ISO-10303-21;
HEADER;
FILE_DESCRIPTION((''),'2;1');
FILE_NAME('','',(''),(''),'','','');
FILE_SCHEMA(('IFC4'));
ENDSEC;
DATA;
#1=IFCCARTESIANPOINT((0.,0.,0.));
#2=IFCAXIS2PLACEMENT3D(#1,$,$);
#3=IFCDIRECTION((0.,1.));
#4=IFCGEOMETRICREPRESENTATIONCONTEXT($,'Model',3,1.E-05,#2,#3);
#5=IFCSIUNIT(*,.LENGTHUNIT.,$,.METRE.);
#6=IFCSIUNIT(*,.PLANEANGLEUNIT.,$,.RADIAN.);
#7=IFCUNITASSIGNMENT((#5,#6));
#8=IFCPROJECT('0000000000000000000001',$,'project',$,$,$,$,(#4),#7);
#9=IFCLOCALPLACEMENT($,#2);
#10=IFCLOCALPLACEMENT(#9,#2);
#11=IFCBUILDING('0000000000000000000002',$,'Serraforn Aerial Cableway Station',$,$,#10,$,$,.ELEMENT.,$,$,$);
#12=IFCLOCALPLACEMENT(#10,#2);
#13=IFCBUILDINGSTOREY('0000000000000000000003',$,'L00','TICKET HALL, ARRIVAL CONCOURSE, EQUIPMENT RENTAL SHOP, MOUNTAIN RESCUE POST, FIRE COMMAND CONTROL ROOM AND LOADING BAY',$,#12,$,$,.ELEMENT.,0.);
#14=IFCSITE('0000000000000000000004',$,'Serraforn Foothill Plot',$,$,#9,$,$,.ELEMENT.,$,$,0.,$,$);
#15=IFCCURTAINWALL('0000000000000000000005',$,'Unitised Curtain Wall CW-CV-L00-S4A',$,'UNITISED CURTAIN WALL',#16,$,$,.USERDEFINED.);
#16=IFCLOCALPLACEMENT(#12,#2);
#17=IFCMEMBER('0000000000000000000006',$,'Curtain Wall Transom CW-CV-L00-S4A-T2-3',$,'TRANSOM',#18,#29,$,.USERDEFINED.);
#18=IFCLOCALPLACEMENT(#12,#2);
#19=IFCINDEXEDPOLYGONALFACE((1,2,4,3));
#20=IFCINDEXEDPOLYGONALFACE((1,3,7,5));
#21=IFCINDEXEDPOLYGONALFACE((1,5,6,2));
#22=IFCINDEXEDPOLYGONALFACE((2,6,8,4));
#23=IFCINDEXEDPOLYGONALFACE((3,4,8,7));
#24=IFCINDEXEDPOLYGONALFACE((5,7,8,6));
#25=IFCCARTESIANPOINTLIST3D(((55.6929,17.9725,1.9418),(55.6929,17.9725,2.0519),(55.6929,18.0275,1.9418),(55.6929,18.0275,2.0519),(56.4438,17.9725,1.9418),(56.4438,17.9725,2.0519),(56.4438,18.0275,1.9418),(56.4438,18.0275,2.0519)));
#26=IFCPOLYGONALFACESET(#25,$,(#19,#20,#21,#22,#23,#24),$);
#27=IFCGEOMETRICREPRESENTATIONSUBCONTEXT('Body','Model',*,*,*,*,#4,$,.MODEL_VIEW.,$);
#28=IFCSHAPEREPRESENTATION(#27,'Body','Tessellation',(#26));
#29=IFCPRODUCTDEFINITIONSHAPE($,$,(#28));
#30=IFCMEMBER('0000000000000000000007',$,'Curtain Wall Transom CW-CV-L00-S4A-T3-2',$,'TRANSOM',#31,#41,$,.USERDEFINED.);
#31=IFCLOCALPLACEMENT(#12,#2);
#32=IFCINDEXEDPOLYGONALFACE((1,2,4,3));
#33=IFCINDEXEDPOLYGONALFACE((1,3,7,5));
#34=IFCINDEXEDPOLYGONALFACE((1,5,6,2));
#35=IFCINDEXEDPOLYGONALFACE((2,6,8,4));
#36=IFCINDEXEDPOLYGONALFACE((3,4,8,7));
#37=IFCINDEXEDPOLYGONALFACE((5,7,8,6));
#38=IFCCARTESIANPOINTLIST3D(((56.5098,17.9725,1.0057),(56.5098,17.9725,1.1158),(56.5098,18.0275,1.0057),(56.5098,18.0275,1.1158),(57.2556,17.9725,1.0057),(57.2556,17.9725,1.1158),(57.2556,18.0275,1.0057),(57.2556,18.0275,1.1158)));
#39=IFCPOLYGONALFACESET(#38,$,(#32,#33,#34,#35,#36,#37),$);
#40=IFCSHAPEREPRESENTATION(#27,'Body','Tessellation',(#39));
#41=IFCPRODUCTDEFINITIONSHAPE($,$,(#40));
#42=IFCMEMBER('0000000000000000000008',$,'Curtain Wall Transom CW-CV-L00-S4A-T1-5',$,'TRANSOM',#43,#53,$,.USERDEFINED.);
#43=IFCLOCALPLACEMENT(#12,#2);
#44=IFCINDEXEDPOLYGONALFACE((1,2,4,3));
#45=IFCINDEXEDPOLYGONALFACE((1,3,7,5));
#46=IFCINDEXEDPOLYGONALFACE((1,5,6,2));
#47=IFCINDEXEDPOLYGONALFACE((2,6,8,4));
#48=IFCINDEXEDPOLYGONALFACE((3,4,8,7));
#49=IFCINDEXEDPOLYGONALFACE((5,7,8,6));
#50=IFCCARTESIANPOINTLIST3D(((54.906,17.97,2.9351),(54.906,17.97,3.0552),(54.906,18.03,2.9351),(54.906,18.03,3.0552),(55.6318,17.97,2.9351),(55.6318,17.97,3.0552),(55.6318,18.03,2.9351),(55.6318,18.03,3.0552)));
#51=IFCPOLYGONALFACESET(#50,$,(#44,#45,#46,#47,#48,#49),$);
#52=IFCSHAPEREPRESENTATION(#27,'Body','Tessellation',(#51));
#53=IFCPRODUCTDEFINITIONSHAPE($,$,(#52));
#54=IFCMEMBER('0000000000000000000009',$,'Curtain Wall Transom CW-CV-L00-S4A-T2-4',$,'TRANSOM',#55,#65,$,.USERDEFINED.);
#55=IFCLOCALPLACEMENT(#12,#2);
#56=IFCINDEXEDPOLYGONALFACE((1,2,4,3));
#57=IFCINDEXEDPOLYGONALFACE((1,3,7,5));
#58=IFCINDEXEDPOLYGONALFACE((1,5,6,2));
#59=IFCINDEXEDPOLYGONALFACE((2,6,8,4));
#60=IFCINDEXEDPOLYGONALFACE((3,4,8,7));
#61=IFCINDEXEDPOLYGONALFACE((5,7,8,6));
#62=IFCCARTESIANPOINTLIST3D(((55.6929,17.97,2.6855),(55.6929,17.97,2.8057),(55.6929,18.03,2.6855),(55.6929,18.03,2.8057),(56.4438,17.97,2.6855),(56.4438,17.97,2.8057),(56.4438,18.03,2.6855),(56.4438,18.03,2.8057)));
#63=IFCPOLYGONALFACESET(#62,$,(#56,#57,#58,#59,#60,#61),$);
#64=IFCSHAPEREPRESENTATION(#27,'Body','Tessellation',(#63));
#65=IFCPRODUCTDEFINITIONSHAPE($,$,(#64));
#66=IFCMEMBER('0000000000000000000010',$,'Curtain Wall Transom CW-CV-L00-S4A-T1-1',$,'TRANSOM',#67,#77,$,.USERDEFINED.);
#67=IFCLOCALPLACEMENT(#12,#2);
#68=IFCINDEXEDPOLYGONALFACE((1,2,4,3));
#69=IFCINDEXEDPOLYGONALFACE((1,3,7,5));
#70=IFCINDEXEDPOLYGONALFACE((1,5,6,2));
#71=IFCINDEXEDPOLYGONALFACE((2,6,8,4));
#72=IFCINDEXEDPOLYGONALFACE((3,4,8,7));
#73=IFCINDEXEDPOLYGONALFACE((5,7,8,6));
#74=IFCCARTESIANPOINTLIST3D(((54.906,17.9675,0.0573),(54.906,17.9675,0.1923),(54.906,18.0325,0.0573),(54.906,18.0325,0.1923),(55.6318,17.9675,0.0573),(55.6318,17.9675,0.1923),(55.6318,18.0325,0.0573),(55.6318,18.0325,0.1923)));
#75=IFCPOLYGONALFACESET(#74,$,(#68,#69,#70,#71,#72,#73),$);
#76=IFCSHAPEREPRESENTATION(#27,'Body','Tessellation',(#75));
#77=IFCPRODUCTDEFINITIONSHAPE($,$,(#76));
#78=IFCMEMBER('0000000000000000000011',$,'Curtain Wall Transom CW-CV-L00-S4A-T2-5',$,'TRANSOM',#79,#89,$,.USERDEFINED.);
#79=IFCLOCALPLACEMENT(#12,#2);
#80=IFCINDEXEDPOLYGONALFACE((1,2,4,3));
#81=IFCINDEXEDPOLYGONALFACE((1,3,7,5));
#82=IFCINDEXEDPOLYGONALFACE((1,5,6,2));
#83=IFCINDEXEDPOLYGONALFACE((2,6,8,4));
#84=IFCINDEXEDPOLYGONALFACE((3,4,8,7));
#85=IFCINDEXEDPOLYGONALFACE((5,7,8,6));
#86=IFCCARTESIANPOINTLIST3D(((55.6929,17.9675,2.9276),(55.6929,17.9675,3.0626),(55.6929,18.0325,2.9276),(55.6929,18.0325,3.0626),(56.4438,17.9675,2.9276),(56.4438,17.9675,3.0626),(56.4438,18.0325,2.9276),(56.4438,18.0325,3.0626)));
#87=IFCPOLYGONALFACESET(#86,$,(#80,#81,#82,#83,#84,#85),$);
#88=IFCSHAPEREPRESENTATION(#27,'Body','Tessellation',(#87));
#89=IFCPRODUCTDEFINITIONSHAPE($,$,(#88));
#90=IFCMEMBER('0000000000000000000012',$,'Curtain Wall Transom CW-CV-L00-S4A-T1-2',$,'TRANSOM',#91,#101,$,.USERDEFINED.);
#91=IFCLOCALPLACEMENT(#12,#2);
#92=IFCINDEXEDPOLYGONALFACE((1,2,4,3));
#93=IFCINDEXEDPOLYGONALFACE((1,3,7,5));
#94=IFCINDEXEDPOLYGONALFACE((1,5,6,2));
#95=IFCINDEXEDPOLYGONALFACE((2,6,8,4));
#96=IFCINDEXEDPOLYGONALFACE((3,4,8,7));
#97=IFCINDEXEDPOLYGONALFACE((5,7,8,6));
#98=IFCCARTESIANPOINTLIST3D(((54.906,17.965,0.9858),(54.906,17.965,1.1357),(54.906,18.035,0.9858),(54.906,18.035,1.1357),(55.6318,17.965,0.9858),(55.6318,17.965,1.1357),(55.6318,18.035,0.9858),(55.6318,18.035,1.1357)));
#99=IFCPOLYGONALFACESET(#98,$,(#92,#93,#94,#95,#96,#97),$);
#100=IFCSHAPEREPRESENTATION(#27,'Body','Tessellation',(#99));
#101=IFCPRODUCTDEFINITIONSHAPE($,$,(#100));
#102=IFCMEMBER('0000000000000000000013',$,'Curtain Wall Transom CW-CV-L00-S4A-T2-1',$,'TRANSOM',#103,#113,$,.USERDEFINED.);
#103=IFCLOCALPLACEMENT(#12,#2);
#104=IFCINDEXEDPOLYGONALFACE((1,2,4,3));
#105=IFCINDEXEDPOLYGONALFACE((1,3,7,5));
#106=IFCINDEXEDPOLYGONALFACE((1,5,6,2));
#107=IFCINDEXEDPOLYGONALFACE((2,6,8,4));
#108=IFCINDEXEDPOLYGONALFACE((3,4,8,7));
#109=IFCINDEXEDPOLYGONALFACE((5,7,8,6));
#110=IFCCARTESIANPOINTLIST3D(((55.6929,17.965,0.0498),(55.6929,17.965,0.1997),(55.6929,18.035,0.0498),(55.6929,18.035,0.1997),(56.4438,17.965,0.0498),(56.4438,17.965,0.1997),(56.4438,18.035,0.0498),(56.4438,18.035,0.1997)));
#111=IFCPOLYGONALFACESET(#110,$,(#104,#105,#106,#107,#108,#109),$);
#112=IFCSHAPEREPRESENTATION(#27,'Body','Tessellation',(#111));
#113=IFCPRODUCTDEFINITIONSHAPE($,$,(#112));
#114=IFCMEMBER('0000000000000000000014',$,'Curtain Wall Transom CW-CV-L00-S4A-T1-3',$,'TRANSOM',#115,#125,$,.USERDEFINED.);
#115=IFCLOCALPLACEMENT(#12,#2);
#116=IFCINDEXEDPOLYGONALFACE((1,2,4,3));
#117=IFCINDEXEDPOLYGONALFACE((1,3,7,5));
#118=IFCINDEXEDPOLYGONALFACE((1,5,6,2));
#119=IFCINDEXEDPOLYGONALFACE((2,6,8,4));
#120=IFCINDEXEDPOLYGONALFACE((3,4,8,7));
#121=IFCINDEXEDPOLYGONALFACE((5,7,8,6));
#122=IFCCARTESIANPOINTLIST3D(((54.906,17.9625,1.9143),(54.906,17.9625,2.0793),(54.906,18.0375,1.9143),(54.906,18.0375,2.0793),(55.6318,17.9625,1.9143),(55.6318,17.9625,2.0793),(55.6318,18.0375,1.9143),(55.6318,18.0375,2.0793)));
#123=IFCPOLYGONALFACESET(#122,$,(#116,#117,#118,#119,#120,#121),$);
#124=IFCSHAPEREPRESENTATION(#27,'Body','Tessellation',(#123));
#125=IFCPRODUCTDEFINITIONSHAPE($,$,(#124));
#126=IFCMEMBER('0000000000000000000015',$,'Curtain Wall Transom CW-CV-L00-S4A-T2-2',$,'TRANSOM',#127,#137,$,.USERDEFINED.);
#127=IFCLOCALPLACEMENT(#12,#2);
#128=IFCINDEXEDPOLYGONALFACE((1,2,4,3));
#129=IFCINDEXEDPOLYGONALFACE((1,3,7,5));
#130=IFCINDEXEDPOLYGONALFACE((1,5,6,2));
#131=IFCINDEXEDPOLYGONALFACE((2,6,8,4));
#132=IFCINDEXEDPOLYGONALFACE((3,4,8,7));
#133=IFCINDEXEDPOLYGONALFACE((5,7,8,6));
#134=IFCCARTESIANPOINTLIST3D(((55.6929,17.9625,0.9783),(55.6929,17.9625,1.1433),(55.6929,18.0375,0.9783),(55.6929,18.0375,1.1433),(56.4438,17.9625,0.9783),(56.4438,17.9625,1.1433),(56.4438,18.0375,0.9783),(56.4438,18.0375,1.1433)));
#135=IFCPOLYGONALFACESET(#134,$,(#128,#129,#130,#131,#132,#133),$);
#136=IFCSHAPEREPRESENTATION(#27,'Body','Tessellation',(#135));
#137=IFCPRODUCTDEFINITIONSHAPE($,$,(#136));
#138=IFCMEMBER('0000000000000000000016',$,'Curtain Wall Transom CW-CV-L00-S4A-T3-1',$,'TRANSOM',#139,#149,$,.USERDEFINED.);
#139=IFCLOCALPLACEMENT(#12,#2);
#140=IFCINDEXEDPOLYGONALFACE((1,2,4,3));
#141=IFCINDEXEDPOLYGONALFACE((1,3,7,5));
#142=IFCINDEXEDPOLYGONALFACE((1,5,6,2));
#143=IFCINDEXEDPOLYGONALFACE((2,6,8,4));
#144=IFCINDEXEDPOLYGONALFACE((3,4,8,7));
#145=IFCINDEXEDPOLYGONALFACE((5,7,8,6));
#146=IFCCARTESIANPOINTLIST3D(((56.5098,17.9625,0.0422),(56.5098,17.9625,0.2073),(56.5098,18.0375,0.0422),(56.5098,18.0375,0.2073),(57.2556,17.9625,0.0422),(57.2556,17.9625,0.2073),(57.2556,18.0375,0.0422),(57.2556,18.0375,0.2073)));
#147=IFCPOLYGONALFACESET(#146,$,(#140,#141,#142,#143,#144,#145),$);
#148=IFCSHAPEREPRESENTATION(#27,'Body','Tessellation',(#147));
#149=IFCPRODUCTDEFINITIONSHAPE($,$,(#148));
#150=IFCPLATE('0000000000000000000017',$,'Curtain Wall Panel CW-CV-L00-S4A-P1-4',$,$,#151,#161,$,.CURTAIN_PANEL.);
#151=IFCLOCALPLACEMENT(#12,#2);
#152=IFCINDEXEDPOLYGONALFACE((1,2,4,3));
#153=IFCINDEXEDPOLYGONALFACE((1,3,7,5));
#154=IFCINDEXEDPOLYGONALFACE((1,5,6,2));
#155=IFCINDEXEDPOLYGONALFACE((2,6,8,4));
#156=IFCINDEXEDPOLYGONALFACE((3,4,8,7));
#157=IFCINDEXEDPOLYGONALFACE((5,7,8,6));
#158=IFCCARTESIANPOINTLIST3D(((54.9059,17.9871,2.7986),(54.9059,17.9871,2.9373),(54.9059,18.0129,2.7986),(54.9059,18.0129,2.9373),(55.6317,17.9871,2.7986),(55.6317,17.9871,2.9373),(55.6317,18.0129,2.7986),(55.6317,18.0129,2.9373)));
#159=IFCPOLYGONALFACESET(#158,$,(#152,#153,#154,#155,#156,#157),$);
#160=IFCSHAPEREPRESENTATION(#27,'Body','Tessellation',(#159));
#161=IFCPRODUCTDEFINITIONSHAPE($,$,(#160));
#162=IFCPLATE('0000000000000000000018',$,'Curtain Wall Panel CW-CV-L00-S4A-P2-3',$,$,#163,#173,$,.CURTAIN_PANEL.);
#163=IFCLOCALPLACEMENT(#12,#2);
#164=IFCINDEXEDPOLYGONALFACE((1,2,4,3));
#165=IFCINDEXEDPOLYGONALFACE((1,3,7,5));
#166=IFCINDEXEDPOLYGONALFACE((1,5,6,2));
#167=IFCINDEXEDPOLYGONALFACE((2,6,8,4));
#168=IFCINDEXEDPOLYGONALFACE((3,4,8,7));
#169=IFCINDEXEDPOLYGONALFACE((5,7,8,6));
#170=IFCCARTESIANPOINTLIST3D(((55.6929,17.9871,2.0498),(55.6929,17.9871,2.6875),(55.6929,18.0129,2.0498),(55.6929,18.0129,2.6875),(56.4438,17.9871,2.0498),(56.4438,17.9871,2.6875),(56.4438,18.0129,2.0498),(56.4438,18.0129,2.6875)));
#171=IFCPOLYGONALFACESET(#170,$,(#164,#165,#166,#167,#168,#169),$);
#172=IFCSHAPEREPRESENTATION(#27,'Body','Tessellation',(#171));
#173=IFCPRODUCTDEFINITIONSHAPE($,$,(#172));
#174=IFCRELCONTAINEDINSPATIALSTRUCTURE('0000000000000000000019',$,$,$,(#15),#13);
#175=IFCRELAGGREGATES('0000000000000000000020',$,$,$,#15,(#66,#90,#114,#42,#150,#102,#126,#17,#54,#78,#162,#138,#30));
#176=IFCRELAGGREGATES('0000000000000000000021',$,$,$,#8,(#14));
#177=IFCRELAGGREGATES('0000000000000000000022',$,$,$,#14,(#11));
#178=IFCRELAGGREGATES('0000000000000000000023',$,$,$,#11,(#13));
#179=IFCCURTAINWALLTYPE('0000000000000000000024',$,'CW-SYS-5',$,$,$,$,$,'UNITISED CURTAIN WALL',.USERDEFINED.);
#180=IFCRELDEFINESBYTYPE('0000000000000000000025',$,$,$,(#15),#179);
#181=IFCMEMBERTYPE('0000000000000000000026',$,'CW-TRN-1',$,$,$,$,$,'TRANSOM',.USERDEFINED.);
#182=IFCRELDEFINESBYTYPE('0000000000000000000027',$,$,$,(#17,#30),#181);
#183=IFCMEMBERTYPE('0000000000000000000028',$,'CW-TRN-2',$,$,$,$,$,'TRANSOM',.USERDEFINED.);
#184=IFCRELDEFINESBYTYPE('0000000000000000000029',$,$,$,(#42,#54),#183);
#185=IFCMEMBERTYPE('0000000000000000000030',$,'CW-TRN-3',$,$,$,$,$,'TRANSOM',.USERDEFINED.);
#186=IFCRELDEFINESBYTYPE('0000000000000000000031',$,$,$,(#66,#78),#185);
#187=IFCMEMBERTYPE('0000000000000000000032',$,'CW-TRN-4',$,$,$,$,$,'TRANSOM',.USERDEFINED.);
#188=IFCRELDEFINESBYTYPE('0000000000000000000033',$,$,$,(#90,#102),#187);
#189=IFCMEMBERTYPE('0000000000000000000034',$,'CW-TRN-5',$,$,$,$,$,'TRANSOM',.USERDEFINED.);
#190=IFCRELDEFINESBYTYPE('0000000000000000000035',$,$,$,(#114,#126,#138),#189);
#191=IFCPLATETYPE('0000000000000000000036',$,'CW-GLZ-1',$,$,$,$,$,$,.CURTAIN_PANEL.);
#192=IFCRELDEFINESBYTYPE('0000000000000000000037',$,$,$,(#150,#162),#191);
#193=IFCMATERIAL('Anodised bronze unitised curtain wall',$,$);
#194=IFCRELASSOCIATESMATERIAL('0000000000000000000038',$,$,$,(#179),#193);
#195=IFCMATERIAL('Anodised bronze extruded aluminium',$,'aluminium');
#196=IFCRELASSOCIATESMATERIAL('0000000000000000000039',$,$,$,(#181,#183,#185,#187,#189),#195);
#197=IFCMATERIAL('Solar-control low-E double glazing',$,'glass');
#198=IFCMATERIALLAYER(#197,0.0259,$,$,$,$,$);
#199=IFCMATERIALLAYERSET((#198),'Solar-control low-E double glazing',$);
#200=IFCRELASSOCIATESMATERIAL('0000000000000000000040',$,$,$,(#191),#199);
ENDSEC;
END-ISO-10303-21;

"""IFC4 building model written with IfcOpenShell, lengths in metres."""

from ifc_helpers import new_model, si_unit, direction, frame, origin, origin_2d, place, context, subcontext, project, spatial, rectangle, extrude, material, layer, layer_set, material_profile, profile_set, type_object, element, aggregate, save


model = new_model("IFC4")

# Units and contexts
model_context = context("Model", 3, precision=1e-05, world=origin(), true_north=direction((0.0, 1.0)))
body_context = subcontext(model_context, "Body", "Model", "MODEL_VIEW")
ifc_project = project(units=[si_unit("LENGTHUNIT", "METRE"), si_unit("PLANEANGLEUNIT", "RADIAN")], contexts=[model_context])

# Site, building, storey
site_placement = place(None, origin())
site = spatial("IfcSite", under=ifc_project, at=site_placement, Name="Serraforn Foothill Plot", CompositionType="ELEMENT", RefElevation=0.0)
building_placement = place(site_placement, origin())
building = spatial("IfcBuilding", under=site, at=building_placement, Name="Serraforn Aerial Cableway Station", CompositionType="ELEMENT")
storey_placement = place(building_placement, origin())
storey = spatial("IfcBuildingStorey", under=building, at=storey_placement, Name="L00", Description="TICKET HALL, ARRIVAL CONCOURSE, EQUIPMENT RENTAL SHOP, MOUNTAIN RESCUE POST, FIRE COMMAND CONTROL ROOM AND LOADING BAY", CompositionType="ELEMENT", Elevation=0.0)

# Curtain wall, members, plates
ifc_material_1 = material(Name="Anodised bronze unitised curtain wall")
curtain_wall_type = type_object("IfcCurtainWallType", Name="CW-SYS-5", ElementType="UNITISED CURTAIN WALL", PredefinedType="USERDEFINED", material=ifc_material_1)
curtain_wall_placement = place(storey_placement, origin())
curtain_wall = element("IfcCurtainWall", 1, at=curtain_wall_placement, inside=storey, type_object=curtain_wall_type, Name="Unitised Curtain Wall CW-CV-L00-S4A", ObjectType="UNITISED CURTAIN WALL", PredefinedType="USERDEFINED")
ifc_material_2 = material(Name="Anodised bronze extruded aluminium", Category="aluminium")
ifc_material_profile_1 = material_profile(ifc_material_2, rectangle(XDim=0.0549, YDim=0.1101, at=origin_2d()), Name="CW TRANSOM 55x110")
ifc_profile_set_1 = profile_set([ifc_material_profile_1], Name="Anodised bronze extruded aluminium")
member_type_1 = type_object("IfcMemberType", Name="CW-TRN-1", ElementType="TRANSOM", PredefinedType="USERDEFINED", material=ifc_profile_set_1)
member_1_placement = place(storey_placement, frame((55.6929, 18.0, 1.9968), z_axis=(1.0, 0.0, 0.0), x_axis=(0.0, 1.0, 0.0)))
member_1 = element("IfcMember", 2, at=member_1_placement, type_object=member_type_1, Name="Curtain Wall Transom CW-CV-L00-S4A-T2-3", ObjectType="TRANSOM", PredefinedType="USERDEFINED", context=body_context, shape_type="SweptSolid", body=[
    extrude(rectangle(XDim=0.0549, YDim=0.1101, at=origin_2d()), origin(), (0.0, 0.0, 1.0), 0.751),
])
member_2_placement = place(storey_placement, frame((56.5098, 18.0, 1.0608), z_axis=(1.0, 0.0, 0.0), x_axis=(0.0, 1.0, 0.0)))
member_2 = element("IfcMember", 3, at=member_2_placement, type_object=member_type_1, Name="Curtain Wall Transom CW-CV-L00-S4A-T3-2", ObjectType="TRANSOM", PredefinedType="USERDEFINED", context=body_context, shape_type="SweptSolid", body=[
    extrude(rectangle(XDim=0.0549, YDim=0.1101, at=origin_2d()), origin(), (0.0, 0.0, 1.0), 0.7458),
])
ifc_material_profile_2 = material_profile(ifc_material_2, rectangle(XDim=0.0601, YDim=0.1201, at=origin_2d()), Name="CW TRANSOM 60x120")
ifc_profile_set_2 = profile_set([ifc_material_profile_2], Name="Anodised bronze extruded aluminium")
member_type_2 = type_object("IfcMemberType", Name="CW-TRN-2", ElementType="TRANSOM", PredefinedType="USERDEFINED", material=ifc_profile_set_2)
member_3_placement = place(storey_placement, frame((54.906, 18.0, 2.9951), z_axis=(1.0, 0.0, 0.0), x_axis=(0.0, 1.0, 0.0)))
member_3 = element("IfcMember", 4, at=member_3_placement, type_object=member_type_2, Name="Curtain Wall Transom CW-CV-L00-S4A-T1-5", ObjectType="TRANSOM", PredefinedType="USERDEFINED", context=body_context, shape_type="SweptSolid", body=[
    extrude(rectangle(XDim=0.0601, YDim=0.1201, at=origin_2d()), origin(), (0.0, 0.0, 1.0), 0.7258),
])
member_4_placement = place(storey_placement, frame((55.6929, 18.0, 2.7456), z_axis=(1.0, 0.0, 0.0), x_axis=(0.0, 1.0, 0.0)))
member_4 = element("IfcMember", 5, at=member_4_placement, type_object=member_type_2, Name="Curtain Wall Transom CW-CV-L00-S4A-T2-4", ObjectType="TRANSOM", PredefinedType="USERDEFINED", context=body_context, shape_type="SweptSolid", body=[
    extrude(rectangle(XDim=0.0601, YDim=0.1201, at=origin_2d()), origin(), (0.0, 0.0, 1.0), 0.751),
])
ifc_material_profile_3 = material_profile(ifc_material_2, rectangle(XDim=0.0649, YDim=0.135, at=origin_2d()), Name="CW TRANSOM 65x135")
ifc_profile_set_3 = profile_set([ifc_material_profile_3], Name="Anodised bronze extruded aluminium")
member_type_3 = type_object("IfcMemberType", Name="CW-TRN-3", ElementType="TRANSOM", PredefinedType="USERDEFINED", material=ifc_profile_set_3)
member_5_placement = place(storey_placement, frame((54.906, 18.0, 0.1248), z_axis=(1.0, 0.0, 0.0), x_axis=(0.0, 1.0, 0.0)))
member_5 = element("IfcMember", 6, at=member_5_placement, type_object=member_type_3, Name="Curtain Wall Transom CW-CV-L00-S4A-T1-1", ObjectType="TRANSOM", PredefinedType="USERDEFINED", context=body_context, shape_type="SweptSolid", body=[
    extrude(rectangle(XDim=0.0649, YDim=0.135, at=origin_2d()), origin(), (0.0, 0.0, 1.0), 0.7258),
])
member_6_placement = place(storey_placement, frame((55.6929, 18.0, 2.9951), z_axis=(1.0, 0.0, 0.0), x_axis=(0.0, 1.0, 0.0)))
member_6 = element("IfcMember", 7, at=member_6_placement, type_object=member_type_3, Name="Curtain Wall Transom CW-CV-L00-S4A-T2-5", ObjectType="TRANSOM", PredefinedType="USERDEFINED", context=body_context, shape_type="SweptSolid", body=[
    extrude(rectangle(XDim=0.0649, YDim=0.135, at=origin_2d()), origin(), (0.0, 0.0, 1.0), 0.751),
])
ifc_material_profile_4 = material_profile(ifc_material_2, rectangle(XDim=0.0701, YDim=0.1499, at=origin_2d()), Name="CW TRANSOM 70x150")
ifc_profile_set_4 = profile_set([ifc_material_profile_4], Name="Anodised bronze extruded aluminium")
member_type_4 = type_object("IfcMemberType", Name="CW-TRN-4", ElementType="TRANSOM", PredefinedType="USERDEFINED", material=ifc_profile_set_4)
member_7_placement = place(storey_placement, frame((54.906, 18.0, 1.0608), z_axis=(1.0, 0.0, 0.0), x_axis=(0.0, 1.0, 0.0)))
member_7 = element("IfcMember", 8, at=member_7_placement, type_object=member_type_4, Name="Curtain Wall Transom CW-CV-L00-S4A-T1-2", ObjectType="TRANSOM", PredefinedType="USERDEFINED", context=body_context, shape_type="SweptSolid", body=[
    extrude(rectangle(XDim=0.0701, YDim=0.1499, at=origin_2d()), origin(), (0.0, 0.0, 1.0), 0.7258),
])
member_8_placement = place(storey_placement, frame((55.6929, 18.0, 0.1248), z_axis=(1.0, 0.0, 0.0), x_axis=(0.0, 1.0, 0.0)))
member_8 = element("IfcMember", 9, at=member_8_placement, type_object=member_type_4, Name="Curtain Wall Transom CW-CV-L00-S4A-T2-1", ObjectType="TRANSOM", PredefinedType="USERDEFINED", context=body_context, shape_type="SweptSolid", body=[
    extrude(rectangle(XDim=0.0701, YDim=0.1499, at=origin_2d()), origin(), (0.0, 0.0, 1.0), 0.751),
])
ifc_material_profile_5 = material_profile(ifc_material_2, rectangle(XDim=0.075, YDim=0.165, at=origin_2d()), Name="CW TRANSOM 75x165")
ifc_profile_set_5 = profile_set([ifc_material_profile_5], Name="Anodised bronze extruded aluminium")
member_type_5 = type_object("IfcMemberType", Name="CW-TRN-5", ElementType="TRANSOM", PredefinedType="USERDEFINED", material=ifc_profile_set_5)
member_9_placement = place(storey_placement, frame((54.906, 18.0, 1.9968), z_axis=(1.0, 0.0, 0.0), x_axis=(0.0, 1.0, 0.0)))
member_9 = element("IfcMember", 10, at=member_9_placement, type_object=member_type_5, Name="Curtain Wall Transom CW-CV-L00-S4A-T1-3", ObjectType="TRANSOM", PredefinedType="USERDEFINED", context=body_context, shape_type="SweptSolid", body=[
    extrude(rectangle(XDim=0.075, YDim=0.165, at=origin_2d()), origin(), (0.0, 0.0, 1.0), 0.7258),
])
member_10_placement = place(storey_placement, frame((55.6929, 18.0, 1.0608), z_axis=(1.0, 0.0, 0.0), x_axis=(0.0, 1.0, 0.0)))
member_10 = element("IfcMember", 11, at=member_10_placement, type_object=member_type_5, Name="Curtain Wall Transom CW-CV-L00-S4A-T2-2", ObjectType="TRANSOM", PredefinedType="USERDEFINED", context=body_context, shape_type="SweptSolid", body=[
    extrude(rectangle(XDim=0.075, YDim=0.165, at=origin_2d()), origin(), (0.0, 0.0, 1.0), 0.751),
])
member_11_placement = place(storey_placement, frame((56.5098, 18.0, 0.1248), z_axis=(1.0, 0.0, 0.0), x_axis=(0.0, 1.0, 0.0)))
member_11 = element("IfcMember", 12, at=member_11_placement, type_object=member_type_5, Name="Curtain Wall Transom CW-CV-L00-S4A-T3-1", ObjectType="TRANSOM", PredefinedType="USERDEFINED", context=body_context, shape_type="SweptSolid", body=[
    extrude(rectangle(XDim=0.075, YDim=0.165, at=origin_2d()), origin(), (0.0, 0.0, 1.0), 0.7458),
])
ifc_material_3 = material(Name="Solar-control low-E double glazing", Category="glass")
ifc_layer_1 = layer(ifc_material_3, 0.0259)
ifc_layer_set_1 = layer_set([ifc_layer_1], Name="Solar-control low-E double glazing")
plate_type_1 = type_object("IfcPlateType", Name="CW-GLZ-1", PredefinedType="CURTAIN_PANEL", material=ifc_layer_set_1)
plate_1_placement = place(storey_placement, frame((55.2688, 18.0, 2.7986), z_axis=(0.0, 0.0, 1.0), x_axis=(1.0, 0.0, 0.0)))
plate_1 = element("IfcPlate", 13, at=plate_1_placement, type_object=plate_type_1, Name="Curtain Wall Panel CW-CV-L00-S4A-P1-4", PredefinedType="CURTAIN_PANEL", context=body_context, shape_type="SweptSolid", body=[
    extrude(rectangle(XDim=0.7258, YDim=0.0259, at=origin_2d()), origin(), (0.0, 0.0, 1.0), 0.1387),
])
plate_2_placement = place(storey_placement, frame((56.0684, 18.0, 2.0498), z_axis=(0.0, 0.0, 1.0), x_axis=(1.0, 0.0, 0.0)))
plate_2 = element("IfcPlate", 14, at=plate_2_placement, type_object=plate_type_1, Name="Curtain Wall Panel CW-CV-L00-S4A-P2-3", PredefinedType="CURTAIN_PANEL", context=body_context, shape_type="SweptSolid", body=[
    extrude(rectangle(XDim=0.751, YDim=0.0259, at=origin_2d()), origin(), (0.0, 0.0, 1.0), 0.6377),
])
aggregate(curtain_wall, [member_5, member_7, member_9, member_3, plate_1, member_8, member_10, member_1, member_4, member_6, plate_2, member_11, member_2])

save(model, "model.ifc")
